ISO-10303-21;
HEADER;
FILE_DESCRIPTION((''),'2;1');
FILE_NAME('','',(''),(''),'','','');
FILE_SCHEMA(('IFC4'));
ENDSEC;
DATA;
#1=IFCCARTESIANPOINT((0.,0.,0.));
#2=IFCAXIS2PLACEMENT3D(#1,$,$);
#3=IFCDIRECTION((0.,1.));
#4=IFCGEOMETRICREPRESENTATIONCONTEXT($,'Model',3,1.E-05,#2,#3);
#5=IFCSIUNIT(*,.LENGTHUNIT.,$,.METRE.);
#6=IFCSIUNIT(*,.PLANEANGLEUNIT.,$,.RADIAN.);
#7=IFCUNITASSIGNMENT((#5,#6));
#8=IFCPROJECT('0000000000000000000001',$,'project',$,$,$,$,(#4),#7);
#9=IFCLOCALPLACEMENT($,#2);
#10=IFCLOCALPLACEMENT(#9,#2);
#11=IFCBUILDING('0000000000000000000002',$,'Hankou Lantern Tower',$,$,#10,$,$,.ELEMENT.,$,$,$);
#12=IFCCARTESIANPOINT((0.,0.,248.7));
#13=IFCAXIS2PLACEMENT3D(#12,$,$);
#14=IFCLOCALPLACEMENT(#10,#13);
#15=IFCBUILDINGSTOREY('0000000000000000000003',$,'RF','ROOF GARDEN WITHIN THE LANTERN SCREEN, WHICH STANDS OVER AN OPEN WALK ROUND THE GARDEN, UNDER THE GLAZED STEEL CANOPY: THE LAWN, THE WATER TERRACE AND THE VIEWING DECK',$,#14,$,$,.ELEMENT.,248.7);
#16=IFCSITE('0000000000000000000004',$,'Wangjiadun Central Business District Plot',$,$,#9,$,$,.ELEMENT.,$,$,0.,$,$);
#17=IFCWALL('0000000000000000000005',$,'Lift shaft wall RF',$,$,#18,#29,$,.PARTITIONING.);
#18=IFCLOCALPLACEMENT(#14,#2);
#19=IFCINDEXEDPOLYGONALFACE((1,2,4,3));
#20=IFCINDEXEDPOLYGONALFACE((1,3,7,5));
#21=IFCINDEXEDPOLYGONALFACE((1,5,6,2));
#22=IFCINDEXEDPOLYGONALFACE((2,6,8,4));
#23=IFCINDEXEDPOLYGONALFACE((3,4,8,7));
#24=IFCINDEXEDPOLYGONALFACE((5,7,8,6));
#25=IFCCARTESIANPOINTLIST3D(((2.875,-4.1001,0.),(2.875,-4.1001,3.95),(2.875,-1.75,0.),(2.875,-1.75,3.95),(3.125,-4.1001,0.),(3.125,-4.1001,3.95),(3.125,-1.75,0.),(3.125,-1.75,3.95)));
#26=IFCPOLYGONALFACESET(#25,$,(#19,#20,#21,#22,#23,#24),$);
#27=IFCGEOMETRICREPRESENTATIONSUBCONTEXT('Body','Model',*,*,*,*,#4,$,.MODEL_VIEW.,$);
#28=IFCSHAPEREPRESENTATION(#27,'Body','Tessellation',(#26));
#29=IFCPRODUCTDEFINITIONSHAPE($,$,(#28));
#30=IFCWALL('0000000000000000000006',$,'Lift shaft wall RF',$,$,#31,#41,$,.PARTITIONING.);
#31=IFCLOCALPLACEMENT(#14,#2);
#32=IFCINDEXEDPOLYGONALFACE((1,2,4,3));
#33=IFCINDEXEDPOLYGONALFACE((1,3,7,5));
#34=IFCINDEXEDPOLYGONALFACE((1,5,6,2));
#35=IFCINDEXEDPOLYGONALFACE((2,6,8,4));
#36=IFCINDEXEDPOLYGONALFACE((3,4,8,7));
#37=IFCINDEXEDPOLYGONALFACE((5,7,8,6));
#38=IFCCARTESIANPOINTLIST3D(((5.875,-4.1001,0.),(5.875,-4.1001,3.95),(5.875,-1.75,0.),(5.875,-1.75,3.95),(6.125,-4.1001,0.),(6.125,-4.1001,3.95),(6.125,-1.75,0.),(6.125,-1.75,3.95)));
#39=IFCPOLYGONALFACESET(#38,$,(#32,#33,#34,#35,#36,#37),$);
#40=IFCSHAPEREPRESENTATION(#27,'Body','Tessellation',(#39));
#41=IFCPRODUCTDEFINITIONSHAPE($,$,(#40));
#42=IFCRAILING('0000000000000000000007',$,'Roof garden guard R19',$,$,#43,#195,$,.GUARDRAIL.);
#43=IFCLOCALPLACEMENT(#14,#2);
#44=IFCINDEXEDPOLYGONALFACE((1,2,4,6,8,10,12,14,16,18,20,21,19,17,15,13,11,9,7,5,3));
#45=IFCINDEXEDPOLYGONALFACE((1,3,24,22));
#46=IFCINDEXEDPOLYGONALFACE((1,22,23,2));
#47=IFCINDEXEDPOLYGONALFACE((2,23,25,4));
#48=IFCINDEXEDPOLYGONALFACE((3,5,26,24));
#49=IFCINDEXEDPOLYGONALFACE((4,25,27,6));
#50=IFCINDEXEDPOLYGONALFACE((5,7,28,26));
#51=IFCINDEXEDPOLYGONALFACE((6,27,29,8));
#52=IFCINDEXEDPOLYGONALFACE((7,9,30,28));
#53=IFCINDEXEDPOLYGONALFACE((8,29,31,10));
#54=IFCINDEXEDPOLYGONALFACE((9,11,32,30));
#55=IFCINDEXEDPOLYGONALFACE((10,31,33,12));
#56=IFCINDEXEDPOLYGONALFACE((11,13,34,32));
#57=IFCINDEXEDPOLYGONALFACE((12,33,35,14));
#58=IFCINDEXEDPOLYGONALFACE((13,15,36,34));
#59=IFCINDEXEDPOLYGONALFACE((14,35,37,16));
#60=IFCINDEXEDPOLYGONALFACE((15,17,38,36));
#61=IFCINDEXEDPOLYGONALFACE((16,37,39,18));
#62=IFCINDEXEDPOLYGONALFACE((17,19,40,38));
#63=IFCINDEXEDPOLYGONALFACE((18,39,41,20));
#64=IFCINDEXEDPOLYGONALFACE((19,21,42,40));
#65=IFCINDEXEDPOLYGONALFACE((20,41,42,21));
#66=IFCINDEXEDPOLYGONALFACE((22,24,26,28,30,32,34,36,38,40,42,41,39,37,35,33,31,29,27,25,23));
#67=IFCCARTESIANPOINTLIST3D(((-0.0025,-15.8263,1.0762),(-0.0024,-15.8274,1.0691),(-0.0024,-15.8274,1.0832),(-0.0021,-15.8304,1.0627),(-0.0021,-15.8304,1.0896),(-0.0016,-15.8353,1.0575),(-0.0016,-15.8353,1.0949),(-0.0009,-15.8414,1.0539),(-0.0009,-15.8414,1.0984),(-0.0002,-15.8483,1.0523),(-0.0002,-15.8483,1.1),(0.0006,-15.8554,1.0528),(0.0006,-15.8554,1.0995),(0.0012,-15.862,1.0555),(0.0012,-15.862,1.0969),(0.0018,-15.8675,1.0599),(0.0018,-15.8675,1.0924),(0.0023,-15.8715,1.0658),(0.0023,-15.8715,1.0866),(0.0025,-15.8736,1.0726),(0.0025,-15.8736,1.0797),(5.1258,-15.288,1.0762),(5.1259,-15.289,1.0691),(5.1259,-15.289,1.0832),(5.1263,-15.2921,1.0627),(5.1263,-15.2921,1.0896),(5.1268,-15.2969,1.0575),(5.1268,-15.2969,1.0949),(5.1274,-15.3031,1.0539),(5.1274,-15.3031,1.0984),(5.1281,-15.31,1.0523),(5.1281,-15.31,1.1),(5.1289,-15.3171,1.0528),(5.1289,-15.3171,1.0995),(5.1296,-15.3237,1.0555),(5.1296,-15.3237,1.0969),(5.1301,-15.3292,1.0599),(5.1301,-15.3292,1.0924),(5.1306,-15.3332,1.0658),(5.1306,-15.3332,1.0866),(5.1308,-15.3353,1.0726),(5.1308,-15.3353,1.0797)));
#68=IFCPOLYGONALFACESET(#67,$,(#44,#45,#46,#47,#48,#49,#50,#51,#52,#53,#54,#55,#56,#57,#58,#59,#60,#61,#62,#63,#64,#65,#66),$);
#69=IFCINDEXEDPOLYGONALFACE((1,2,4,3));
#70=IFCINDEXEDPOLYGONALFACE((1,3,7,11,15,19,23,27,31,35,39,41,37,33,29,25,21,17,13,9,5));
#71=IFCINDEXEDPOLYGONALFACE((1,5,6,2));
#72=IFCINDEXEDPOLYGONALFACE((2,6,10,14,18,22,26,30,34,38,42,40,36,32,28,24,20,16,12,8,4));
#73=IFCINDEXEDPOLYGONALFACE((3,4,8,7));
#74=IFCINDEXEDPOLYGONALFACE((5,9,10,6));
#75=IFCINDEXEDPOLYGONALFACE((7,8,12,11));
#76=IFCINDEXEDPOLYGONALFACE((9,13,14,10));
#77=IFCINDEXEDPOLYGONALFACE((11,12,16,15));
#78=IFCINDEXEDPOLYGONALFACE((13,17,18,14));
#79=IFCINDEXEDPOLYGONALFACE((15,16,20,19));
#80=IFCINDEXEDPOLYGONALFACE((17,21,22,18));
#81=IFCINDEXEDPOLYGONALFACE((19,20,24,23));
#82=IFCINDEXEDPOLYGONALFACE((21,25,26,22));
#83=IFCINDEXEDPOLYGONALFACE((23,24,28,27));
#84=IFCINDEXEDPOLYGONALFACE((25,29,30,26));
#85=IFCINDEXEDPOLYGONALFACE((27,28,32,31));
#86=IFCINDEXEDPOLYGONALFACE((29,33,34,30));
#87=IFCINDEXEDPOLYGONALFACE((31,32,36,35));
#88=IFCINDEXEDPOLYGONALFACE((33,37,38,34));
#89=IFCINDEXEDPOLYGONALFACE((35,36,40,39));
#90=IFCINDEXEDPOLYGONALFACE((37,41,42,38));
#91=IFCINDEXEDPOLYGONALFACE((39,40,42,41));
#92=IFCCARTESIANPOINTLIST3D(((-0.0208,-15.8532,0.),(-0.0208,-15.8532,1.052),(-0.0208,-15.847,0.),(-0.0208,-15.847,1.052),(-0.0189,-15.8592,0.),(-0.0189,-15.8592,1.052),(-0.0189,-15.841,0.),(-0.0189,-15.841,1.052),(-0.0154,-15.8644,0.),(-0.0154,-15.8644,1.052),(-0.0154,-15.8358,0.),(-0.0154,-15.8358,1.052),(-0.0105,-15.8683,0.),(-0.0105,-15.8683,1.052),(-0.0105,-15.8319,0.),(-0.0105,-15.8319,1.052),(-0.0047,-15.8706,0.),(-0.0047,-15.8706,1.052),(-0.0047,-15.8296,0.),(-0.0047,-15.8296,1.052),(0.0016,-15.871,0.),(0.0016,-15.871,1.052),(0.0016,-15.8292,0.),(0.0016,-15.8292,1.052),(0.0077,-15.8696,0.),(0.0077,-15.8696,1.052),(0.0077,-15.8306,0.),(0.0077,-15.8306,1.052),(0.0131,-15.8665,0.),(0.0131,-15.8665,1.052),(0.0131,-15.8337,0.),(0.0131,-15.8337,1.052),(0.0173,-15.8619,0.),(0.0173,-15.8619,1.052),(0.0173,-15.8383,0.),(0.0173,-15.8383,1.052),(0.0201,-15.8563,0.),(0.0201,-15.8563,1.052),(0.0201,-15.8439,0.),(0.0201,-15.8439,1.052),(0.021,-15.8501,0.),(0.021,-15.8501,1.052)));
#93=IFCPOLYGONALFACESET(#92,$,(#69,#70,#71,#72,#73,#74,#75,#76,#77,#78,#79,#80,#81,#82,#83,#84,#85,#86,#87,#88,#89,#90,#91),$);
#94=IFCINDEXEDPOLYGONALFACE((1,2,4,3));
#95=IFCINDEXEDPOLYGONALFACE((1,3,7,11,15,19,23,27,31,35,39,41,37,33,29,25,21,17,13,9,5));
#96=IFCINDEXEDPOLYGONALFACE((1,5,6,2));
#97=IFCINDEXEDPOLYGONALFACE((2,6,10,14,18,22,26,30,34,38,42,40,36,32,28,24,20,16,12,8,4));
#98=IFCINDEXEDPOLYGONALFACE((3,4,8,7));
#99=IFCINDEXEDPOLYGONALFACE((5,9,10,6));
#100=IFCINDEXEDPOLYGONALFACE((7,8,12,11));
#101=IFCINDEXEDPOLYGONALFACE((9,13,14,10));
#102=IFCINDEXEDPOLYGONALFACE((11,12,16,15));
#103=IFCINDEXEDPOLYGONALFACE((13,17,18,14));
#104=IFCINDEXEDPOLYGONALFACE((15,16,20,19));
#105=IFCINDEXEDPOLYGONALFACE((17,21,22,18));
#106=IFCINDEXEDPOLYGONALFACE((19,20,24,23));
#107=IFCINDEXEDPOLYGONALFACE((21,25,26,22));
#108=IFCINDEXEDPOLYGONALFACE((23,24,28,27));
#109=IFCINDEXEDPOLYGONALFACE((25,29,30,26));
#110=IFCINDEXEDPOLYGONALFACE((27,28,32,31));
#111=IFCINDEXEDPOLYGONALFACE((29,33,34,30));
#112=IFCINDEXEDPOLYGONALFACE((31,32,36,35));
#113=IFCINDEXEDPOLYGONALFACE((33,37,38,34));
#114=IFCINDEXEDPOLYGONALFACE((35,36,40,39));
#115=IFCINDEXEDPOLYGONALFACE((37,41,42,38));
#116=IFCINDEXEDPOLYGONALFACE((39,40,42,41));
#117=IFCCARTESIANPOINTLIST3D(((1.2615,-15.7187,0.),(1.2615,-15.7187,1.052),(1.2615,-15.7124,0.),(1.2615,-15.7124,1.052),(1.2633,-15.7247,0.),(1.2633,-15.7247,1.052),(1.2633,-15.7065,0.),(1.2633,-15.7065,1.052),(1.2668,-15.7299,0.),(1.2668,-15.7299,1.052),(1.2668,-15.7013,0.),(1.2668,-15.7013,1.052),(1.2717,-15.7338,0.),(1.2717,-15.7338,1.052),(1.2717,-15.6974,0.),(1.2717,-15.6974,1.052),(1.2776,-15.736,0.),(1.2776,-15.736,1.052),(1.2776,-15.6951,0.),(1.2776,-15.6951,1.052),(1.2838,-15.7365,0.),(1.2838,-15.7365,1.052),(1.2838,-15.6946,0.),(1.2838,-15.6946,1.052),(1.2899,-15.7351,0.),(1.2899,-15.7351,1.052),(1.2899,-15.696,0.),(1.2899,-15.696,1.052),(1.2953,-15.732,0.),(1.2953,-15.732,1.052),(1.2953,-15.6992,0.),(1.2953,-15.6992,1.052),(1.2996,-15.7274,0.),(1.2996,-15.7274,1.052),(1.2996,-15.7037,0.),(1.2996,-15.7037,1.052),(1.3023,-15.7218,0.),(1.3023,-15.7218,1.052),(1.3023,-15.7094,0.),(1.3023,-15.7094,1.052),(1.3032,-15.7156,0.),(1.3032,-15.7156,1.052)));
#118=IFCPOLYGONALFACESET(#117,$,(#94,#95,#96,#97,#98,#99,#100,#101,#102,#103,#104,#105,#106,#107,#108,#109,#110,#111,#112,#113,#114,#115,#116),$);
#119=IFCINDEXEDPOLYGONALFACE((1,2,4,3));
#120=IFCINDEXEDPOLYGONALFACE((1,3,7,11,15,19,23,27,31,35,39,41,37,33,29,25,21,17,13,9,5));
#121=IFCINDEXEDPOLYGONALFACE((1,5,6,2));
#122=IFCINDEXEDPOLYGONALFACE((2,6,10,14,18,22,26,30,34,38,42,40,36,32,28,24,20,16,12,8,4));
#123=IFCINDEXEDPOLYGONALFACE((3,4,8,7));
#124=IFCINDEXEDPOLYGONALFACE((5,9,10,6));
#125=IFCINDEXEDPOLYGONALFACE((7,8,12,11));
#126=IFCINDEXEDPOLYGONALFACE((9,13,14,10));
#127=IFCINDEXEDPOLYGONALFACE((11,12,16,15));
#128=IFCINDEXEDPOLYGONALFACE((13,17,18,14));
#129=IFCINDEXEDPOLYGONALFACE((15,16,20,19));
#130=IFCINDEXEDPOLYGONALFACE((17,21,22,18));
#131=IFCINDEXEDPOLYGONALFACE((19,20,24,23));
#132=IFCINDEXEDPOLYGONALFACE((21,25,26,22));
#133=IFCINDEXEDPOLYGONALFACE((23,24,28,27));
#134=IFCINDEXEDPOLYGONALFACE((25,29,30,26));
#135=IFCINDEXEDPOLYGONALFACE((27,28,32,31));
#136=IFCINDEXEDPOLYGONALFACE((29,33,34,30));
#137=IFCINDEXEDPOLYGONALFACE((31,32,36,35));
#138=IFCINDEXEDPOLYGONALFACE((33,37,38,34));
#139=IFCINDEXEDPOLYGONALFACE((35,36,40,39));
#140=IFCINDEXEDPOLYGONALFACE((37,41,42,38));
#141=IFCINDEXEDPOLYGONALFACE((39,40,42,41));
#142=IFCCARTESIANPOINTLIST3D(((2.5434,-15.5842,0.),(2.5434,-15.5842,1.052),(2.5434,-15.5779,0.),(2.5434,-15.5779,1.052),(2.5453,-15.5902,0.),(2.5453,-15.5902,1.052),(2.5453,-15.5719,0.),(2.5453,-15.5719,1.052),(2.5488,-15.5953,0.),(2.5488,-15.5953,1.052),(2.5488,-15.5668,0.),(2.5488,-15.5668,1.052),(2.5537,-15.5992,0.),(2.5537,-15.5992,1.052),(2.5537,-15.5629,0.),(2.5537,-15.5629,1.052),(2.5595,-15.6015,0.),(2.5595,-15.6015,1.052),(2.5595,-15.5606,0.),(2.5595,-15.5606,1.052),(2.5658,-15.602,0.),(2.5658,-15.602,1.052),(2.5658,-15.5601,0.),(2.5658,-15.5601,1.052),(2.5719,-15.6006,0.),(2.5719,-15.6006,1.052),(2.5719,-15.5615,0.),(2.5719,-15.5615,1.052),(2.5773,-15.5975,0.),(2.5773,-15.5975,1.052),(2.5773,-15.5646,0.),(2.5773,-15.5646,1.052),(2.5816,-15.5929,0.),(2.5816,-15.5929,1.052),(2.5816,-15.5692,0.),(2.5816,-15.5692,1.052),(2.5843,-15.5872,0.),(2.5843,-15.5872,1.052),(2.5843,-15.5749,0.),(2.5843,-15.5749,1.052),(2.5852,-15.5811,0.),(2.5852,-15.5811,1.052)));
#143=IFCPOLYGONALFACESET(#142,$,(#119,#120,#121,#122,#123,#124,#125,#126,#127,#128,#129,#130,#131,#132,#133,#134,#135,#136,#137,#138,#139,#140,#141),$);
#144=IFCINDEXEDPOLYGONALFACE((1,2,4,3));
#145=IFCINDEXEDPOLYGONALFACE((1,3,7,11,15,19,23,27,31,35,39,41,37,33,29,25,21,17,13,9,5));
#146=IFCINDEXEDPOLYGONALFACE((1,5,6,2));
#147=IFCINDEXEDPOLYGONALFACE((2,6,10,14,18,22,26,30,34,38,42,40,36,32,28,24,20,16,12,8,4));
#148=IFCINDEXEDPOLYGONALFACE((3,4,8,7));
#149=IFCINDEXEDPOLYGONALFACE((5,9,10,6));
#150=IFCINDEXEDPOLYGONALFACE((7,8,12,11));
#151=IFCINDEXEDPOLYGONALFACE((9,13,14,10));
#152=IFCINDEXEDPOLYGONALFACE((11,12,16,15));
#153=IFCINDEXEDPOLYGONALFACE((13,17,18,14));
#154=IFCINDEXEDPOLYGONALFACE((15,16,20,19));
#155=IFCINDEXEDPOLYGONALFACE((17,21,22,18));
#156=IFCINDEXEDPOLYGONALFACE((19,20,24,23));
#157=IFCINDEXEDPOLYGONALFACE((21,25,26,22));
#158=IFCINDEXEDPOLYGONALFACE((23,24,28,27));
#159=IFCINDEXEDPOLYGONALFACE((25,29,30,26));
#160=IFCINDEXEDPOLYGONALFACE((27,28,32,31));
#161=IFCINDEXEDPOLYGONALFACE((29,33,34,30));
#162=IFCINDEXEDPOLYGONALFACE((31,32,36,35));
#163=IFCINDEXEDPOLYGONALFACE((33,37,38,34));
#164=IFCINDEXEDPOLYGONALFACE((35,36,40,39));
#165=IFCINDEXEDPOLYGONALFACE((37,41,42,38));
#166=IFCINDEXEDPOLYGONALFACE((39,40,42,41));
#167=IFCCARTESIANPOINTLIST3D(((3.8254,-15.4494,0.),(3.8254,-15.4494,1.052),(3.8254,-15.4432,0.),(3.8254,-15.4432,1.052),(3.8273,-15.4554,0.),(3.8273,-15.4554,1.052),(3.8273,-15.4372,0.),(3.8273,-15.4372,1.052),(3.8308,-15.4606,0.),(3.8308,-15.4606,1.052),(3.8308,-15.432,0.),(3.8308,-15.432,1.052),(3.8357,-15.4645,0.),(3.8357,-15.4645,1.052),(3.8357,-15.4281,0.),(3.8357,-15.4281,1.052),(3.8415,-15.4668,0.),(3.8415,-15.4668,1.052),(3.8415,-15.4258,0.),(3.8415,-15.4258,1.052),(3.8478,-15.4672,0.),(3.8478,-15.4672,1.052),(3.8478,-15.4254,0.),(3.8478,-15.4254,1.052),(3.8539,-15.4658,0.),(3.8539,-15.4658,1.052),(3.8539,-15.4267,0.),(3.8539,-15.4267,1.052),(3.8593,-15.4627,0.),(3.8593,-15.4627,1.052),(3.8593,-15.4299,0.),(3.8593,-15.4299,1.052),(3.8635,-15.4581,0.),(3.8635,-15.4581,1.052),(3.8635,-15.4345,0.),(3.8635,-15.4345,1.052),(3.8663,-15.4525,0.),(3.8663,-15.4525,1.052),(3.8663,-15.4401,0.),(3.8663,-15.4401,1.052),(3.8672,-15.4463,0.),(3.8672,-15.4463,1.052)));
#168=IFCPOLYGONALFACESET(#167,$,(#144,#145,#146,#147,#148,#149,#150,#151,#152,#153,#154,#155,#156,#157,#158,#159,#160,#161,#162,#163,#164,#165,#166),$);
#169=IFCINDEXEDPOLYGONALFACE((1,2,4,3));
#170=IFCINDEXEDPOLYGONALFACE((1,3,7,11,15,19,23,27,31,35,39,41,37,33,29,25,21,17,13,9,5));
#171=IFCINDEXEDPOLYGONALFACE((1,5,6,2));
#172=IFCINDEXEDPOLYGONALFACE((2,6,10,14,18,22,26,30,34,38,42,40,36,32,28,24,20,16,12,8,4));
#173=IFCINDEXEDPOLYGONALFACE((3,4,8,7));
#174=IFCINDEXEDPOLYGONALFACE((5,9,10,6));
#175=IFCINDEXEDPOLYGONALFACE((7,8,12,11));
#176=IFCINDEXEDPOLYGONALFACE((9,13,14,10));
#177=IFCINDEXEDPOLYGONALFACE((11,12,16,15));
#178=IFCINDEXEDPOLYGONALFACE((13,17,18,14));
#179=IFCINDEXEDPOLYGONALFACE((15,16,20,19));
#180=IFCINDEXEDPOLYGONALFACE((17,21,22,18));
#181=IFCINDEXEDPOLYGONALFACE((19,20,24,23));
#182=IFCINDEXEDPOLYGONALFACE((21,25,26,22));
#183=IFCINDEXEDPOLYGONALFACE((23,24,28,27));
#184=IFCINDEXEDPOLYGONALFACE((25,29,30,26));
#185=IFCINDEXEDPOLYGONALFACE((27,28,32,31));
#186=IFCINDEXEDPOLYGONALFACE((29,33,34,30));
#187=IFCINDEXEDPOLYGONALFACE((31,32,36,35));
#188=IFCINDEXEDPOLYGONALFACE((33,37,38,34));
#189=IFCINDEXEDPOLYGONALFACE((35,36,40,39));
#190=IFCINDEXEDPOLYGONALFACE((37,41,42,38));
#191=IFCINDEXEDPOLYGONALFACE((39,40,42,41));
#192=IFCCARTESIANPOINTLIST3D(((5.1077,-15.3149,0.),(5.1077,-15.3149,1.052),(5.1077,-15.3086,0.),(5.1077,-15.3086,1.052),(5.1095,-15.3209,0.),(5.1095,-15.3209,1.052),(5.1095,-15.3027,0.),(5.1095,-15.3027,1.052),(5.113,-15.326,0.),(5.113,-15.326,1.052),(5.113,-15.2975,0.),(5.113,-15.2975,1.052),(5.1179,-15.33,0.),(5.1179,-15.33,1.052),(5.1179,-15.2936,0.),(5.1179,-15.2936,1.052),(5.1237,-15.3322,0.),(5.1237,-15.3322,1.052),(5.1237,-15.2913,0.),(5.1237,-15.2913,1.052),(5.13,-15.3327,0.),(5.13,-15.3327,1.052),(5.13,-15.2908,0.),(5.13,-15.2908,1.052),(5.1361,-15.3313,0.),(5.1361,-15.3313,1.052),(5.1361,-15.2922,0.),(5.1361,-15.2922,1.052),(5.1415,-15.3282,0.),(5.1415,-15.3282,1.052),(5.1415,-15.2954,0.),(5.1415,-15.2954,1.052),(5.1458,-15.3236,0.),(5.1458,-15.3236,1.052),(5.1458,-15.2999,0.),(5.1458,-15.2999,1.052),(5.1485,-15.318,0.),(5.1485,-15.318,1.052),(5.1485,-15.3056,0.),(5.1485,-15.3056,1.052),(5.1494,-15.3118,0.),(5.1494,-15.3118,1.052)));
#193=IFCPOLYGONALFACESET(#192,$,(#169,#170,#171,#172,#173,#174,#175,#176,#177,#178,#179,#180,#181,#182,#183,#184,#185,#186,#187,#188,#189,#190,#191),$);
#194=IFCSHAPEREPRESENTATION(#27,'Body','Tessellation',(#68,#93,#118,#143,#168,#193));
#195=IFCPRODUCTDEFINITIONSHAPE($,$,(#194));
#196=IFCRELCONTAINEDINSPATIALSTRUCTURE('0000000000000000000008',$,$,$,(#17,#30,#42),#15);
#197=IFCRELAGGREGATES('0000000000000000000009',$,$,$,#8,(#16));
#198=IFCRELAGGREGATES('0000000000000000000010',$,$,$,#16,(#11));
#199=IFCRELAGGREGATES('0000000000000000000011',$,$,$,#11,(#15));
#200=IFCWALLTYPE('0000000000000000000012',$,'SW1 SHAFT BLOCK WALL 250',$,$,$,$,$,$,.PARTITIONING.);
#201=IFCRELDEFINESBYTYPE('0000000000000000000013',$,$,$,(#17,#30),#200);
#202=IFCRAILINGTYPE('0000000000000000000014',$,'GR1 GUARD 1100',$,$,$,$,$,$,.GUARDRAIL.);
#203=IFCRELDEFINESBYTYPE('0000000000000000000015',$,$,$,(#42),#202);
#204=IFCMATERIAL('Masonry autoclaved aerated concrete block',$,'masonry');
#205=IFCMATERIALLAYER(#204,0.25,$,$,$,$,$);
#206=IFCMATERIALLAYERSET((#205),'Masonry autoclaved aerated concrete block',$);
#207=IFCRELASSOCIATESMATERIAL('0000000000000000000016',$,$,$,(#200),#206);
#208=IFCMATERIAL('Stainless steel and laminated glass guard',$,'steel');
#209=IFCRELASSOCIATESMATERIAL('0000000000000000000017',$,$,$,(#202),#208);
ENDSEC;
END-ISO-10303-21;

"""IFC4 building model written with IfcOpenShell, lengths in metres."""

from ifc_helpers import new_model, si_unit, direction, frame, frame_2d, origin, origin_2d, place, context, subcontext, project, spatial, rectangle, circle, extrude, material, layer, layer_set, type_object, element, save


model = new_model("IFC4")

# Units and contexts
model_context = context("Model", 3, precision=1e-05, world=origin(), true_north=direction((0.0, 1.0)))
body_context = subcontext(model_context, "Body", "Model", "MODEL_VIEW")
ifc_project = project(units=[si_unit("LENGTHUNIT", "METRE"), si_unit("PLANEANGLEUNIT", "RADIAN")], contexts=[model_context])

# Site, building, storey
site_placement = place(None, origin())
site = spatial("IfcSite", under=ifc_project, at=site_placement, Name="Wangjiadun Central Business District Plot", CompositionType="ELEMENT", RefElevation=0.0)
building_placement = place(site_placement, origin())
building = spatial("IfcBuilding", under=site, at=building_placement, Name="Hankou Lantern Tower", CompositionType="ELEMENT")
storey_placement = place(building_placement, frame((0.0, 0.0, 248.7)))
storey = spatial("IfcBuildingStorey", under=building, at=storey_placement, Name="RF", Description="ROOF GARDEN WITHIN THE LANTERN SCREEN, WHICH STANDS OVER AN OPEN WALK ROUND THE GARDEN, UNDER THE GLAZED STEEL CANOPY: THE LAWN, THE WATER TERRACE AND THE VIEWING DECK", CompositionType="ELEMENT", Elevation=248.7)

# Walls
ifc_material_1 = material(Name="Masonry autoclaved aerated concrete block", Category="masonry")
ifc_layer_1 = layer(ifc_material_1, 0.25)
ifc_layer_set_1 = layer_set([ifc_layer_1], Name="Masonry autoclaved aerated concrete block")
wall_type_1 = type_object("IfcWallType", Name="SW1 SHAFT BLOCK WALL 250", PredefinedType="PARTITIONING", material=ifc_layer_set_1)
for number, where, z_axis, x_axis, name in (
    (1, (3.0, -4.1001, 0.0), (0.0, 0.0, 1.0), (0.0, 1.0, 0.0), "Lift shaft wall RF"),
    (2, (6.0, -4.1001, 0.0), (0.0, 0.0, 1.0), (0.0, 1.0, 0.0), "Lift shaft wall RF"),
):
    element("IfcWall", number, at=place(storey_placement, frame(where, z_axis=z_axis, x_axis=x_axis)), inside=storey, type_object=wall_type_1, Name=name, PredefinedType="PARTITIONING", context=body_context, shape_type="SweptSolid", body=[
        extrude(rectangle(XDim=2.3501, YDim=0.25, at=frame_2d((1.175, 0.0))), origin(), (0.0, 0.0, 1.0), 3.95),
    ])

# Railing
ifc_material_2 = material(Name="Stainless steel and laminated glass guard", Category="steel")
railing_type = type_object("IfcRailingType", Name="GR1 GUARD 1100", PredefinedType="GUARDRAIL", material=ifc_material_2)
railing_1_placement = place(storey_placement, frame((0.0, -15.8501, 0.0)))
element("IfcRailing", 3, at=railing_1_placement, inside=storey, type_object=railing_type, Name="Roof garden guard R19", PredefinedType="GUARDRAIL", context=body_context, shape_type="SweptSolid", body=[
    extrude(circle(Radius=0.0239, at=origin_2d()), frame((0.0, 0.0, 1.0762), z_axis=(0.994536, 0.104396, 0.0), x_axis=(-0.104396, 0.994536, 0.0)), (0.0, 0.0, 1.0), 5.1565),
    extrude(circle(Radius=0.021, at=origin_2d()), origin(), (0.0, 0.0, 1.0), 1.052),
    extrude(circle(Radius=0.021, at=origin_2d()), frame((1.2822, 0.1345, 0.0)), (0.0, 0.0, 1.0), 1.052),
    extrude(circle(Radius=0.021, at=origin_2d()), frame((2.5642, 0.269, 0.0)), (0.0, 0.0, 1.0), 1.052),
    extrude(circle(Radius=0.021, at=origin_2d()), frame((3.8462, 0.4038, 0.0)), (0.0, 0.0, 1.0), 1.052),
    extrude(circle(Radius=0.021, at=origin_2d()), frame((5.1284, 0.5383, 0.0)), (0.0, 0.0, 1.0), 1.052),
])

save(model, "model.ifc")
